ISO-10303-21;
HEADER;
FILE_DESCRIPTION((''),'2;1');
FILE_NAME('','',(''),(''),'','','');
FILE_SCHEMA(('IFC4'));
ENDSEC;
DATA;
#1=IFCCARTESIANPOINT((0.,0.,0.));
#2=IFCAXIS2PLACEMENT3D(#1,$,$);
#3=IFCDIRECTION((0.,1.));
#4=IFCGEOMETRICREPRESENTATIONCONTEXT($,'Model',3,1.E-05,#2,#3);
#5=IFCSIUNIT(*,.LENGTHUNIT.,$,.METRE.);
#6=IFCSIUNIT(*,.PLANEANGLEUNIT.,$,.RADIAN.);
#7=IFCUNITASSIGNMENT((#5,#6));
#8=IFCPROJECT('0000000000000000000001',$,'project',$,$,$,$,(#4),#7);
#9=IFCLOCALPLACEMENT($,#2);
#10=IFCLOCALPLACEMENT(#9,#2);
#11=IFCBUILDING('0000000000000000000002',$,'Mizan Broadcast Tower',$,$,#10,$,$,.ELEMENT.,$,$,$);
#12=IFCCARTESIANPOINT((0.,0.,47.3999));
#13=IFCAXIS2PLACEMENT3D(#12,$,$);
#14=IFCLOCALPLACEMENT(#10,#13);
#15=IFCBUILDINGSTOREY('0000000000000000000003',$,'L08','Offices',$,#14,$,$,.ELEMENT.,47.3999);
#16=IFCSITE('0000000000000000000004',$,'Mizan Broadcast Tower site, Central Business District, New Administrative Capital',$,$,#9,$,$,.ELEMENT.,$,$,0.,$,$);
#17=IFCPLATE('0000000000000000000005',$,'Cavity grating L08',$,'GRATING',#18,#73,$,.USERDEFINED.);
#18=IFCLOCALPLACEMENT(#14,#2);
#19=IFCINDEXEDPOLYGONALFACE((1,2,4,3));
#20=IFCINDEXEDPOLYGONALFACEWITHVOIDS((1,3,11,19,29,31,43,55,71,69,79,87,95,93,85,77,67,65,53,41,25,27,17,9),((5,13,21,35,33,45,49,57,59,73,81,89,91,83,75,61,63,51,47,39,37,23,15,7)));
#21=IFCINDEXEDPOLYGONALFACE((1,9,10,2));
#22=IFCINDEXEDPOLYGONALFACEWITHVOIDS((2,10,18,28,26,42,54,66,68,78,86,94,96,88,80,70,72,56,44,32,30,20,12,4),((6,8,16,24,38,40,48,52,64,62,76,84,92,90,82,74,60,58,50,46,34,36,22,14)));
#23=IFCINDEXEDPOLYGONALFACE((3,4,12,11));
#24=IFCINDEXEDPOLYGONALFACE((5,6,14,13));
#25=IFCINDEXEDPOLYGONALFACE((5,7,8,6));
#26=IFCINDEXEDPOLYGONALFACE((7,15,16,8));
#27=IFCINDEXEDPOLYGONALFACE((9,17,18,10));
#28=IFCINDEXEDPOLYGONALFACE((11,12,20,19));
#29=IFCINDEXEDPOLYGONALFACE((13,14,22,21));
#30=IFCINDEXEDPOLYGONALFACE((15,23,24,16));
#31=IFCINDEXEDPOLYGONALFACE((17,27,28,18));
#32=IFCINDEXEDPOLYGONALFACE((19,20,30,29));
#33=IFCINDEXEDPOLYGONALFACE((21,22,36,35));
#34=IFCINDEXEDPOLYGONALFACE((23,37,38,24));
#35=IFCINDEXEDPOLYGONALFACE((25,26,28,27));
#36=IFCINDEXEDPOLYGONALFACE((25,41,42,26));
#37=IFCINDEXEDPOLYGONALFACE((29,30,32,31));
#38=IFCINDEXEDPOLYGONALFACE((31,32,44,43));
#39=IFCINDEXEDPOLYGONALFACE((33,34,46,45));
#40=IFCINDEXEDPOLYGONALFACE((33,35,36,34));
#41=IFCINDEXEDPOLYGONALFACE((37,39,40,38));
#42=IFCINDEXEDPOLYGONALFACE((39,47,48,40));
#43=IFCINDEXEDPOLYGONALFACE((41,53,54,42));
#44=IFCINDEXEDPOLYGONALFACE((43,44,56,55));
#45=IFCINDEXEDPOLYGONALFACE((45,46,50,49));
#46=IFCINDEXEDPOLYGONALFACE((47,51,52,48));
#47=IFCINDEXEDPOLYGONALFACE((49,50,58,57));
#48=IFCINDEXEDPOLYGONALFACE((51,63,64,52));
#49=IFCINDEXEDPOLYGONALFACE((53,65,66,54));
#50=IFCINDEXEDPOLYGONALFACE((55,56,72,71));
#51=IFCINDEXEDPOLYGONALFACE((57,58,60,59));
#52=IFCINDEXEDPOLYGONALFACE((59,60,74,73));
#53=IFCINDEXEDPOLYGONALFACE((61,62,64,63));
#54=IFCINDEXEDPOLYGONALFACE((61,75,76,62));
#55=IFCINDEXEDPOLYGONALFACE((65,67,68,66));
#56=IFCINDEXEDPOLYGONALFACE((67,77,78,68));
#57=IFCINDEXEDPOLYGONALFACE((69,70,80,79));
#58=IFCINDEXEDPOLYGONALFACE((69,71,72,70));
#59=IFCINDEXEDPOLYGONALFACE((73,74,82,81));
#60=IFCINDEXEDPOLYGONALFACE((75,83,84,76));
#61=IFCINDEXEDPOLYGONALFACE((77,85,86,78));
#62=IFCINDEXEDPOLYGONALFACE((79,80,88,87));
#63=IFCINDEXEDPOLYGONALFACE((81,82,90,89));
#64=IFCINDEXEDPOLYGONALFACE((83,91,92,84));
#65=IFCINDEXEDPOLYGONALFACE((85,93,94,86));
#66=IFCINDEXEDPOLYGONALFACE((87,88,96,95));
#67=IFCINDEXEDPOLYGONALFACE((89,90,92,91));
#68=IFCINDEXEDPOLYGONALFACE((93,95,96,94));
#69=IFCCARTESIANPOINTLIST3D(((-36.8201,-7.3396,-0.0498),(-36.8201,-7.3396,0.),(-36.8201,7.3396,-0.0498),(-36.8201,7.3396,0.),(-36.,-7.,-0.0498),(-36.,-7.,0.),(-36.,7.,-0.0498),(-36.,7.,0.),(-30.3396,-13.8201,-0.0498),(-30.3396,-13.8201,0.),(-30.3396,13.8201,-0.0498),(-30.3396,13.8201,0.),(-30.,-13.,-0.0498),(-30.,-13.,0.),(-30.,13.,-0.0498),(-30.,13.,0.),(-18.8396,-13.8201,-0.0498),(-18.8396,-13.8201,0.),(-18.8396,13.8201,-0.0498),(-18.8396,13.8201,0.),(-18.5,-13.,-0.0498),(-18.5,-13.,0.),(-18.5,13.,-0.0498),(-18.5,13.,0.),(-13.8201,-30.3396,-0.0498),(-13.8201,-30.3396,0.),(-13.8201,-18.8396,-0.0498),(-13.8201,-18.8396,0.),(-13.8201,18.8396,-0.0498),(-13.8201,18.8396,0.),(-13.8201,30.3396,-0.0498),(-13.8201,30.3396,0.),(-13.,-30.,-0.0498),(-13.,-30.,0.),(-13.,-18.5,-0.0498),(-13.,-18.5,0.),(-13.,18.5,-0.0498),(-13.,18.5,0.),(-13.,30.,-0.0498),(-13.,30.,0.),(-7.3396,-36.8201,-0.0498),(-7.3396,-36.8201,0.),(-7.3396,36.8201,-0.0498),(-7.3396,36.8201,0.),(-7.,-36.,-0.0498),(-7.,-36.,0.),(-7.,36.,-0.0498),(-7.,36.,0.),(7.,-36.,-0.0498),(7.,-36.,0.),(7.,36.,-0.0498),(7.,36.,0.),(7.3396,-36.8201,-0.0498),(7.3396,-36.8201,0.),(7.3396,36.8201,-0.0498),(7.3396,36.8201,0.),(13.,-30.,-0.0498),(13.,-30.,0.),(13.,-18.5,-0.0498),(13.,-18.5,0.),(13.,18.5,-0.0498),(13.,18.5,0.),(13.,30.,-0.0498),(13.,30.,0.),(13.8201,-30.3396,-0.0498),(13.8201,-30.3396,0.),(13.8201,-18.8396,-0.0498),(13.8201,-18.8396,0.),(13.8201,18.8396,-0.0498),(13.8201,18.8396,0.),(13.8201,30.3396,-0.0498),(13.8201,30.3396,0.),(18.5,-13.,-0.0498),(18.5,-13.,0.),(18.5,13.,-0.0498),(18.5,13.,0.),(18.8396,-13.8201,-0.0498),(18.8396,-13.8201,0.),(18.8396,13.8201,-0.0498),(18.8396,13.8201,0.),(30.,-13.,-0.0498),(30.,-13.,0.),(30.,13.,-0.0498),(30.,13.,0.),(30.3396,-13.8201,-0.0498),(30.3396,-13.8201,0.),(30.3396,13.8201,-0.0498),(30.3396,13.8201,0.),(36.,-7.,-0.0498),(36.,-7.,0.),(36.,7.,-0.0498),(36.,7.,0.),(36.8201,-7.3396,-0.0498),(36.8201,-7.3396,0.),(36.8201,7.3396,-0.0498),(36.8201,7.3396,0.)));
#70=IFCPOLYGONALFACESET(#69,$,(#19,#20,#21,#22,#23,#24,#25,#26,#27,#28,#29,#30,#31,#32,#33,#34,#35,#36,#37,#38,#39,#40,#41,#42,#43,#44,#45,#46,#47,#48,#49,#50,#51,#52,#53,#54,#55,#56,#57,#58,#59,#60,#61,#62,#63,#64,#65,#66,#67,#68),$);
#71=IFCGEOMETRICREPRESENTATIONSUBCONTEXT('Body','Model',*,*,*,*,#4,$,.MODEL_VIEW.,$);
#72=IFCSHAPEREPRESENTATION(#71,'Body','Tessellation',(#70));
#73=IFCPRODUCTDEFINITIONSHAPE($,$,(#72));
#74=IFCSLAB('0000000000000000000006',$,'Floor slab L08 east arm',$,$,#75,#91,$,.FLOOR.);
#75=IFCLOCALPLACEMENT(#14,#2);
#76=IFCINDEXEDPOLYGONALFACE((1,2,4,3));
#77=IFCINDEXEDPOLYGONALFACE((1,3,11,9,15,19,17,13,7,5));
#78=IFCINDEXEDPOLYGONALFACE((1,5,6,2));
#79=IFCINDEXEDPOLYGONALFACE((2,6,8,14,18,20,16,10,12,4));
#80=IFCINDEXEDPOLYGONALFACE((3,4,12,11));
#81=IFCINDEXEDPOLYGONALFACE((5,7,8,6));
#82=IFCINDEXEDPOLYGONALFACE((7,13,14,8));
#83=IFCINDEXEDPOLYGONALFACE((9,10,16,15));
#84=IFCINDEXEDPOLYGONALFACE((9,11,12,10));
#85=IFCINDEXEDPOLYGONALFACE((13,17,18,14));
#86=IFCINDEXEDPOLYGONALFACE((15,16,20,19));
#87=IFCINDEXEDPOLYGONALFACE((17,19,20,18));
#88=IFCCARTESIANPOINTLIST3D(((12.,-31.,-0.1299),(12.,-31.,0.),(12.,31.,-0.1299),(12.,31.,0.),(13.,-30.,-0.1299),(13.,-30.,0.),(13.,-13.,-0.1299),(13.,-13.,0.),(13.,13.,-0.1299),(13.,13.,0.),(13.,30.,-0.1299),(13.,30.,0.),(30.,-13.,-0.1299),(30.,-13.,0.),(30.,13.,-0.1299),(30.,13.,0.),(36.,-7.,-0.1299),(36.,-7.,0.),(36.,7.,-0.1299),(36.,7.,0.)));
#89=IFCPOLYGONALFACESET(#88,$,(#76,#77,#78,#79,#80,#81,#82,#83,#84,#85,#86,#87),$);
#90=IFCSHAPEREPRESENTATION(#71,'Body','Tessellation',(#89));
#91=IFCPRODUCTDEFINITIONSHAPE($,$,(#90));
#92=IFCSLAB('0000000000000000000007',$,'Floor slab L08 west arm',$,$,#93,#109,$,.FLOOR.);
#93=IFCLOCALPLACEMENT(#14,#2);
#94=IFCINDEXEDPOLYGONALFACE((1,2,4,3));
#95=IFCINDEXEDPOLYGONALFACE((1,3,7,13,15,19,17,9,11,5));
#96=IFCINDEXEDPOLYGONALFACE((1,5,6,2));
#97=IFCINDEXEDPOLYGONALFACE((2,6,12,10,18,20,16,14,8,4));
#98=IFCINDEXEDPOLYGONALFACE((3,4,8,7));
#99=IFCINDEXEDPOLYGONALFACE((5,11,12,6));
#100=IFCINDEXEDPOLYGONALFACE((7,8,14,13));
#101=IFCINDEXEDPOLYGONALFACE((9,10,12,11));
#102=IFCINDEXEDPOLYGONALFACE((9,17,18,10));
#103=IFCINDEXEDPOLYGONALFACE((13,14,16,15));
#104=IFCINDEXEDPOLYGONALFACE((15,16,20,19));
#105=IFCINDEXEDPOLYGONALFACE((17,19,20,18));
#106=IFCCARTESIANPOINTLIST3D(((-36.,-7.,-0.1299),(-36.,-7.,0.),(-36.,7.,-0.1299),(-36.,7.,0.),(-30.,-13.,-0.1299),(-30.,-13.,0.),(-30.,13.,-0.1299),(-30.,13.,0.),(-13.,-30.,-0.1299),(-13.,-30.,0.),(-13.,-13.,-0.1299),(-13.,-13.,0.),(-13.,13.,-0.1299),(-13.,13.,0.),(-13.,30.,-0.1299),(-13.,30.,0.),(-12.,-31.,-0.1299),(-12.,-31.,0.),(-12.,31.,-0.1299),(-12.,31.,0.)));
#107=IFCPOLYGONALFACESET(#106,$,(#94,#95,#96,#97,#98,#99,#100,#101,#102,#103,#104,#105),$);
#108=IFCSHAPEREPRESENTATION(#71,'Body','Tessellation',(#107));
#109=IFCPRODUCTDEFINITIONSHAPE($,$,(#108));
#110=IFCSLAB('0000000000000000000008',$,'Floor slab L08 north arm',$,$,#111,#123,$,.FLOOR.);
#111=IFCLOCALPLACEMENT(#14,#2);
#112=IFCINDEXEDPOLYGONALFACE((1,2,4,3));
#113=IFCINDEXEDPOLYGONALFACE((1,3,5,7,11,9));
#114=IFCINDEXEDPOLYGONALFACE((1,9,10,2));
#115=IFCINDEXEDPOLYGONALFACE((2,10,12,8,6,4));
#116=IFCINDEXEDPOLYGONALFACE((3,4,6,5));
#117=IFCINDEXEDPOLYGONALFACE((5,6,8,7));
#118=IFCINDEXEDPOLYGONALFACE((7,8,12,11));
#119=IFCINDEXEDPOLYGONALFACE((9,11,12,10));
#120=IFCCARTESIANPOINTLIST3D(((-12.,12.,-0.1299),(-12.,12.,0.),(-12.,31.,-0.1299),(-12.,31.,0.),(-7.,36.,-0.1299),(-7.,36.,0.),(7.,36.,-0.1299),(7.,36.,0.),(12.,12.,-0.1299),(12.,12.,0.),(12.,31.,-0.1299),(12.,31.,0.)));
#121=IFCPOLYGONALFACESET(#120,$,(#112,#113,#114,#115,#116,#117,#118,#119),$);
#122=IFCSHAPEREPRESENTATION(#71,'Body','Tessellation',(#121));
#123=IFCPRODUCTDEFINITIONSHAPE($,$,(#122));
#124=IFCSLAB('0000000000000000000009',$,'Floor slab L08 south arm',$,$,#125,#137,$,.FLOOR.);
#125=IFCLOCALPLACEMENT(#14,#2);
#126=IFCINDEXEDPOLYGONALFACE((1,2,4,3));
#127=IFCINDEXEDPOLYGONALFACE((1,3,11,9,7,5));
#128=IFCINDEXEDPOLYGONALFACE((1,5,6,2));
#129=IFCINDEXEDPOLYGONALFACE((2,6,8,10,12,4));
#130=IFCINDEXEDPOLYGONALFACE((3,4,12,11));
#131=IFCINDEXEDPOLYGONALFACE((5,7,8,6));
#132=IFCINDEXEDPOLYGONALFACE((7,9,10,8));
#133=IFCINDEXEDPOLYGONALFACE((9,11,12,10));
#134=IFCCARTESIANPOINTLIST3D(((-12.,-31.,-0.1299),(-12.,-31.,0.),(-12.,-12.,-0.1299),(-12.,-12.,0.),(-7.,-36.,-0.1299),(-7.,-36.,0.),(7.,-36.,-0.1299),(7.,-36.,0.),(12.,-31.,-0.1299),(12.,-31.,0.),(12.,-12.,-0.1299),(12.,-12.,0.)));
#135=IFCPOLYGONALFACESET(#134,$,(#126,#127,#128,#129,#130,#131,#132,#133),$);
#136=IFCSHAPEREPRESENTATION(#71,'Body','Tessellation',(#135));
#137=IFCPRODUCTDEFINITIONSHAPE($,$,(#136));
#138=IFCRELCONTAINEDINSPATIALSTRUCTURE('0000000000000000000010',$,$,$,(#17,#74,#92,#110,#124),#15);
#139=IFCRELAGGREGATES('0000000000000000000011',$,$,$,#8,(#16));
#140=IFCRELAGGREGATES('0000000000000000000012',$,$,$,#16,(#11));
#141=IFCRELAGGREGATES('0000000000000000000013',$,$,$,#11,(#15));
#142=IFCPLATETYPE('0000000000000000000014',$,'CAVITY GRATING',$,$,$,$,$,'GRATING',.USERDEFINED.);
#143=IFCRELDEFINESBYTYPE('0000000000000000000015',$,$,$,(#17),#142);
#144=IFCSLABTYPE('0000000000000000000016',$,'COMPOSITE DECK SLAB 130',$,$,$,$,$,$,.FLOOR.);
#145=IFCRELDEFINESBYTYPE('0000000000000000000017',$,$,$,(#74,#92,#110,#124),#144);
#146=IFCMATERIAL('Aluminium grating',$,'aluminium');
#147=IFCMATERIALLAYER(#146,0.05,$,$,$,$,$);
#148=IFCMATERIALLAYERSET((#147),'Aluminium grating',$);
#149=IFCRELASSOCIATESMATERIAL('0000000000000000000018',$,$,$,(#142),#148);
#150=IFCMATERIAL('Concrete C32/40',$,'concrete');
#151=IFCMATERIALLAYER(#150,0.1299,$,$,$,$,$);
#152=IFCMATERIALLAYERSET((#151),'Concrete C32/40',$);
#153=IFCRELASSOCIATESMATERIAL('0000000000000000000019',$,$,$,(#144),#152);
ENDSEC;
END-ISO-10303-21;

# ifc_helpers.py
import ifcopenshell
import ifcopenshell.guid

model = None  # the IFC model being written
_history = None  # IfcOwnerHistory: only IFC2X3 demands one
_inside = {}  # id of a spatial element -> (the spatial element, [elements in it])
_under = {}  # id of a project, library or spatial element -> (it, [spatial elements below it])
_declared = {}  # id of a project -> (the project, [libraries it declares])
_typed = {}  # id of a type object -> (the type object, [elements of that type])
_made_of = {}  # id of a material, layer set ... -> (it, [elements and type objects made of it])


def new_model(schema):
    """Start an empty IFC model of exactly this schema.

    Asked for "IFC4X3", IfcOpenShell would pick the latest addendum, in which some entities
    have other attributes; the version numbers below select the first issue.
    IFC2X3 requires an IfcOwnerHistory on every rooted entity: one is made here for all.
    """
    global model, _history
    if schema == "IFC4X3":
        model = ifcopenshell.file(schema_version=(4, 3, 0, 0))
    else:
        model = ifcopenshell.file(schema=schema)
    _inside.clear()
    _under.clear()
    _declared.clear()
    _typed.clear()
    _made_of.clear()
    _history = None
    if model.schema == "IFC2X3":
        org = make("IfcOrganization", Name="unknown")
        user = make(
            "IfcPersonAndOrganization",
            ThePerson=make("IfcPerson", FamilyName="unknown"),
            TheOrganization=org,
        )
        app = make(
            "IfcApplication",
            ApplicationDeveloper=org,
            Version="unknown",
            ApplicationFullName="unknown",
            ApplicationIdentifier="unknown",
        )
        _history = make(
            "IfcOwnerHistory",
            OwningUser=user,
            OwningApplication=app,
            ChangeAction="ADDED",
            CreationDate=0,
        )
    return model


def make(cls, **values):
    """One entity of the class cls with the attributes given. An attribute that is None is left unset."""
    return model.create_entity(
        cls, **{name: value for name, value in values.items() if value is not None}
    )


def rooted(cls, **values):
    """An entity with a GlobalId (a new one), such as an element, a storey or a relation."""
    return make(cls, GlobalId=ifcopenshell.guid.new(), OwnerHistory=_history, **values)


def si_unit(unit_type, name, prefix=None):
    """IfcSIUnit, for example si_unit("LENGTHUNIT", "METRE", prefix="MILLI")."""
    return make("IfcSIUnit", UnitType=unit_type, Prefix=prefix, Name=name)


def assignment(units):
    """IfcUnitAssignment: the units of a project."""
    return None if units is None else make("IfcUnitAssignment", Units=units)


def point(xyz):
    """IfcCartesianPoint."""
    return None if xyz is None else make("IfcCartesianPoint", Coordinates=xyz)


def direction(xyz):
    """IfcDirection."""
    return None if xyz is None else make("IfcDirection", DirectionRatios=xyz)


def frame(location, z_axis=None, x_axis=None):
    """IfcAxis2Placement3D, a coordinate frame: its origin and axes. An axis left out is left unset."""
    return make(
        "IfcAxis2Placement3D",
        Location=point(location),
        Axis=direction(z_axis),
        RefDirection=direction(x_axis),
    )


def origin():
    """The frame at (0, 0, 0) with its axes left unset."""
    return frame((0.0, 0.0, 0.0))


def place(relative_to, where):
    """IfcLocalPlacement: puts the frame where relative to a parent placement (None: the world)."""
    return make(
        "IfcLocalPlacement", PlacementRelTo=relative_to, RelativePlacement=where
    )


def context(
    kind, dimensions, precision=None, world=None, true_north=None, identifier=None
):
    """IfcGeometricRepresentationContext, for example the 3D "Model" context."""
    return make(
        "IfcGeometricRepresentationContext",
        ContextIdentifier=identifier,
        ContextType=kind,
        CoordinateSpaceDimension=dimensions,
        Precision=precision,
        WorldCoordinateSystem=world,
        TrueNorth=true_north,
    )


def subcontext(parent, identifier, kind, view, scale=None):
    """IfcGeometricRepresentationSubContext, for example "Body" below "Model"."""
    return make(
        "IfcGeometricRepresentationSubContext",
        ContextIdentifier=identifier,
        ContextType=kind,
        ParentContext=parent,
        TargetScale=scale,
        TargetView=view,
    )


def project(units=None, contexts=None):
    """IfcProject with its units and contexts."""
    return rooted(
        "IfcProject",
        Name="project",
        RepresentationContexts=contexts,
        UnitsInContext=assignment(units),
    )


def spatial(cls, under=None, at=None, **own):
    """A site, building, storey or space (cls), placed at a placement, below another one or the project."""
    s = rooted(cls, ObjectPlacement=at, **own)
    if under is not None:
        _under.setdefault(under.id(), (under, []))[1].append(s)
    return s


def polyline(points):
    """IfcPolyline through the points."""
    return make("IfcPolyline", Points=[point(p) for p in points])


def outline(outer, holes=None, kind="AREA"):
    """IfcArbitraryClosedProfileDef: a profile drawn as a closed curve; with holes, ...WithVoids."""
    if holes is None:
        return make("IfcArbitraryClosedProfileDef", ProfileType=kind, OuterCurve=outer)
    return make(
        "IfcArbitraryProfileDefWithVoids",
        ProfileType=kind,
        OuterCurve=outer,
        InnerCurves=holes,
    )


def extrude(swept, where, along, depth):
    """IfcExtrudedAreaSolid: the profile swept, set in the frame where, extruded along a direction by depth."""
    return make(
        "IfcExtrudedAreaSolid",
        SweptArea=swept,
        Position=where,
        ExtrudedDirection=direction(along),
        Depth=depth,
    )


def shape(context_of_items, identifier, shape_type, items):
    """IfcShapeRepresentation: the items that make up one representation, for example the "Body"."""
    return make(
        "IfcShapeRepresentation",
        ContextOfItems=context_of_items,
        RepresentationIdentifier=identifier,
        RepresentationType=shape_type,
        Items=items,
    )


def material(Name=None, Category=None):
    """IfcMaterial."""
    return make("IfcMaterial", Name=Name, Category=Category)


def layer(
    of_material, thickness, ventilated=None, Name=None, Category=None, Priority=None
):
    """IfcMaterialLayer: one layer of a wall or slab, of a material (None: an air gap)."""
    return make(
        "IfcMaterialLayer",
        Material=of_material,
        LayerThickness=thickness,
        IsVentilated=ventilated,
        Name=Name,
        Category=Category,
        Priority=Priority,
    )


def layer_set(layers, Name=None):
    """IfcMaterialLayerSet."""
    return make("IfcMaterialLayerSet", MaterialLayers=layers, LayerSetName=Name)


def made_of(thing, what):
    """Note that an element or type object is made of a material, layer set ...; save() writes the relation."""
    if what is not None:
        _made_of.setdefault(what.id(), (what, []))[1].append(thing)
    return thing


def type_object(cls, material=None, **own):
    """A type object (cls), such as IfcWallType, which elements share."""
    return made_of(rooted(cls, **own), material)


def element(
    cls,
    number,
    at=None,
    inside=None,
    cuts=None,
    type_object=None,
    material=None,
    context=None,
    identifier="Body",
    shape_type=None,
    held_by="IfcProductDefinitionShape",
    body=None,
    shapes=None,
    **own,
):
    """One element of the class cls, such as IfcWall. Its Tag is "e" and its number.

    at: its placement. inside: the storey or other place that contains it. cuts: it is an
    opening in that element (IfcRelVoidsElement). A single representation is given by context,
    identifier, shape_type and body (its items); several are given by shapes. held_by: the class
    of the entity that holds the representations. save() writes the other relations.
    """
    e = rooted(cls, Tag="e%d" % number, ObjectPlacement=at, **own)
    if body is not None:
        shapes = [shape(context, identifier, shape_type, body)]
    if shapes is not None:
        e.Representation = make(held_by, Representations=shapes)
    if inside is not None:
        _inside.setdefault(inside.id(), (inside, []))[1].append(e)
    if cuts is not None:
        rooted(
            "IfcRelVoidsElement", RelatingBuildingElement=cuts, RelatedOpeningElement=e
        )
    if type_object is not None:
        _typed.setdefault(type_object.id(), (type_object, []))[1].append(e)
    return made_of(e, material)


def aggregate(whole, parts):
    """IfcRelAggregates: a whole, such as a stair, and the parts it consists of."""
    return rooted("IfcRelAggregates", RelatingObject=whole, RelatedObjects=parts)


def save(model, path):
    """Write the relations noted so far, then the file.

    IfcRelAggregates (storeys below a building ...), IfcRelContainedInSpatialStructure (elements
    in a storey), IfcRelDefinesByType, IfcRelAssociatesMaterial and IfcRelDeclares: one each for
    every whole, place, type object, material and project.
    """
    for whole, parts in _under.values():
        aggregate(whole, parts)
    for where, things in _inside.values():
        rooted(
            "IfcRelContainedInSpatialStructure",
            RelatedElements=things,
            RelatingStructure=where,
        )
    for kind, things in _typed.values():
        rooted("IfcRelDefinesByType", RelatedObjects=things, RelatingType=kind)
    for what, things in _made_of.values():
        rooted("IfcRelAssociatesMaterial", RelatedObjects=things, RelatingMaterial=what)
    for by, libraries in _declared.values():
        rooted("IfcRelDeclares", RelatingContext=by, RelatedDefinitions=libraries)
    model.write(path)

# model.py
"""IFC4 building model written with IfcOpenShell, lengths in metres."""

from ifc_helpers import new_model, si_unit, direction, frame, origin, place, context, subcontext, project, spatial, polyline, outline, extrude, material, layer, layer_set, type_object, element, save


model = new_model("IFC4")

# Units and contexts
model_context = context("Model", 3, precision=1e-05, world=origin(), true_north=direction((0.0, 1.0)))
body_context = subcontext(model_context, "Body", "Model", "MODEL_VIEW")
ifc_project = project(units=[si_unit("LENGTHUNIT", "METRE"), si_unit("PLANEANGLEUNIT", "RADIAN")], contexts=[model_context])

# Site, building, storey
site_placement = place(None, origin())
site = spatial("IfcSite", under=ifc_project, at=site_placement, Name="Mizan Broadcast Tower site, Central Business District, New Administrative Capital", CompositionType="ELEMENT", RefElevation=0.0)
building_placement = place(site_placement, origin())
building = spatial("IfcBuilding", under=site, at=building_placement, Name="Mizan Broadcast Tower", CompositionType="ELEMENT")
storey_placement = place(building_placement, frame((0.0, 0.0, 47.3999)))
storey = spatial("IfcBuildingStorey", under=building, at=storey_placement, Name="L08", Description="Offices", CompositionType="ELEMENT", Elevation=47.3999)

# Plate
ifc_material_1 = material(Name="Aluminium grating", Category="aluminium")
ifc_layer_1 = layer(ifc_material_1, 0.05)
ifc_layer_set_1 = layer_set([ifc_layer_1], Name="Aluminium grating")
plate_type = type_object("IfcPlateType", Name="CAVITY GRATING", ElementType="GRATING", PredefinedType="USERDEFINED", material=ifc_layer_set_1)
plate_placement = place(storey_placement, frame((0.0, 0.0, -0.0498)))
element("IfcPlate", 1, at=plate_placement, inside=storey, type_object=plate_type, Name="Cavity grating L08", ObjectType="GRATING", PredefinedType="USERDEFINED", context=body_context, shape_type="SweptSolid", body=[
    extrude(outline(polyline([(13.8201, -18.8396), (18.8396, -13.8201), (30.3396, -13.8201), (36.8201, -7.3396), (36.8201, 7.3396), (30.3396, 13.8201), (18.8396, 13.8201), (13.8201, 18.8396), (13.8201, 30.3396), (7.3396, 36.8201), (-7.3396, 36.8201), (-13.8201, 30.3396), (-13.8201, 18.8396), (-18.8396, 13.8201), (-30.3396, 13.8201), (-36.8201, 7.3396), (-36.8201, -7.3396), (-30.3396, -13.8201), (-18.8396, -13.8201), (-13.8201, -18.8396), (-13.8201, -30.3396), (-7.3396, -36.8201), (7.3396, -36.8201), (13.8201, -30.3396), (13.8201, -18.8396)]), holes=[polyline([(36.0, 7.0), (36.0, -7.0), (30.0, -13.0), (18.5, -13.0), (13.0, -18.5), (13.0, -30.0), (7.0, -36.0), (-7.0, -36.0), (-13.0, -30.0), (-13.0, -18.5), (-18.5, -13.0), (-30.0, -13.0), (-36.0, -7.0), (-36.0, 7.0), (-30.0, 13.0), (-18.5, 13.0), (-13.0, 18.5), (-13.0, 30.0), (-7.0, 36.0), (7.0, 36.0), (13.0, 30.0), (13.0, 18.5), (18.5, 13.0), (30.0, 13.0), (36.0, 7.0)])]), origin(), (0.0, 0.0, 1.0), 0.0498),
])

# Slabs
ifc_material_2 = material(Name="Concrete C32/40", Category="concrete")
ifc_layer_2 = layer(ifc_material_2, 0.1299)
ifc_layer_set_2 = layer_set([ifc_layer_2], Name="Concrete C32/40")
slab_type_1 = type_object("IfcSlabType", Name="COMPOSITE DECK SLAB 130", PredefinedType="FLOOR", material=ifc_layer_set_2)
slab_1_placement = place(storey_placement, frame((0.0, 0.0, -0.1299)))
element("IfcSlab", 2, at=slab_1_placement, inside=storey, type_object=slab_type_1, Name="Floor slab L08 east arm", PredefinedType="FLOOR", context=body_context, shape_type="SweptSolid", body=[
    extrude(outline(polyline([(12.0, -31.0), (13.0, -30.0), (13.0, -13.0), (30.0, -13.0), (36.0, -7.0), (36.0, 7.0), (30.0, 13.0), (13.0, 13.0), (13.0, 30.0), (12.0, 31.0), (12.0, -31.0)])), origin(), (0.0, 0.0, 1.0), 0.1299),
])
slab_2_placement = place(storey_placement, frame((0.0, 0.0, -0.1299)))
element("IfcSlab", 3, at=slab_2_placement, inside=storey, type_object=slab_type_1, Name="Floor slab L08 west arm", PredefinedType="FLOOR", context=body_context, shape_type="SweptSolid", body=[
    extrude(outline(polyline([(-13.0, -30.0), (-12.0, -31.0), (-12.0, 31.0), (-13.0, 30.0), (-13.0, 13.0), (-30.0, 13.0), (-36.0, 7.0), (-36.0, -7.0), (-30.0, -13.0), (-13.0, -13.0), (-13.0, -30.0)])), origin(), (0.0, 0.0, 1.0), 0.1299),
])
slab_3_placement = place(storey_placement, frame((0.0, 0.0, -0.1299)))
element("IfcSlab", 4, at=slab_3_placement, inside=storey, type_object=slab_type_1, Name="Floor slab L08 north arm", PredefinedType="FLOOR", context=body_context, shape_type="SweptSolid", body=[
    extrude(outline(polyline([(-7.0, 36.0), (-12.0, 31.0), (-12.0, 12.0), (12.0, 12.0), (12.0, 31.0), (7.0, 36.0), (-7.0, 36.0)])), origin(), (0.0, 0.0, 1.0), 0.1299),
])
slab_4_placement = place(storey_placement, frame((0.0, 0.0, -0.1299)))
element("IfcSlab", 5, at=slab_4_placement, inside=storey, type_object=slab_type_1, Name="Floor slab L08 south arm", PredefinedType="FLOOR", context=body_context, shape_type="SweptSolid", body=[
    extrude(outline(polyline([(7.0, -36.0), (12.0, -31.0), (12.0, -12.0), (-12.0, -12.0), (-12.0, -31.0), (-7.0, -36.0), (7.0, -36.0)])), origin(), (0.0, 0.0, 1.0), 0.1299),
])

save(model, "model.ifc")
